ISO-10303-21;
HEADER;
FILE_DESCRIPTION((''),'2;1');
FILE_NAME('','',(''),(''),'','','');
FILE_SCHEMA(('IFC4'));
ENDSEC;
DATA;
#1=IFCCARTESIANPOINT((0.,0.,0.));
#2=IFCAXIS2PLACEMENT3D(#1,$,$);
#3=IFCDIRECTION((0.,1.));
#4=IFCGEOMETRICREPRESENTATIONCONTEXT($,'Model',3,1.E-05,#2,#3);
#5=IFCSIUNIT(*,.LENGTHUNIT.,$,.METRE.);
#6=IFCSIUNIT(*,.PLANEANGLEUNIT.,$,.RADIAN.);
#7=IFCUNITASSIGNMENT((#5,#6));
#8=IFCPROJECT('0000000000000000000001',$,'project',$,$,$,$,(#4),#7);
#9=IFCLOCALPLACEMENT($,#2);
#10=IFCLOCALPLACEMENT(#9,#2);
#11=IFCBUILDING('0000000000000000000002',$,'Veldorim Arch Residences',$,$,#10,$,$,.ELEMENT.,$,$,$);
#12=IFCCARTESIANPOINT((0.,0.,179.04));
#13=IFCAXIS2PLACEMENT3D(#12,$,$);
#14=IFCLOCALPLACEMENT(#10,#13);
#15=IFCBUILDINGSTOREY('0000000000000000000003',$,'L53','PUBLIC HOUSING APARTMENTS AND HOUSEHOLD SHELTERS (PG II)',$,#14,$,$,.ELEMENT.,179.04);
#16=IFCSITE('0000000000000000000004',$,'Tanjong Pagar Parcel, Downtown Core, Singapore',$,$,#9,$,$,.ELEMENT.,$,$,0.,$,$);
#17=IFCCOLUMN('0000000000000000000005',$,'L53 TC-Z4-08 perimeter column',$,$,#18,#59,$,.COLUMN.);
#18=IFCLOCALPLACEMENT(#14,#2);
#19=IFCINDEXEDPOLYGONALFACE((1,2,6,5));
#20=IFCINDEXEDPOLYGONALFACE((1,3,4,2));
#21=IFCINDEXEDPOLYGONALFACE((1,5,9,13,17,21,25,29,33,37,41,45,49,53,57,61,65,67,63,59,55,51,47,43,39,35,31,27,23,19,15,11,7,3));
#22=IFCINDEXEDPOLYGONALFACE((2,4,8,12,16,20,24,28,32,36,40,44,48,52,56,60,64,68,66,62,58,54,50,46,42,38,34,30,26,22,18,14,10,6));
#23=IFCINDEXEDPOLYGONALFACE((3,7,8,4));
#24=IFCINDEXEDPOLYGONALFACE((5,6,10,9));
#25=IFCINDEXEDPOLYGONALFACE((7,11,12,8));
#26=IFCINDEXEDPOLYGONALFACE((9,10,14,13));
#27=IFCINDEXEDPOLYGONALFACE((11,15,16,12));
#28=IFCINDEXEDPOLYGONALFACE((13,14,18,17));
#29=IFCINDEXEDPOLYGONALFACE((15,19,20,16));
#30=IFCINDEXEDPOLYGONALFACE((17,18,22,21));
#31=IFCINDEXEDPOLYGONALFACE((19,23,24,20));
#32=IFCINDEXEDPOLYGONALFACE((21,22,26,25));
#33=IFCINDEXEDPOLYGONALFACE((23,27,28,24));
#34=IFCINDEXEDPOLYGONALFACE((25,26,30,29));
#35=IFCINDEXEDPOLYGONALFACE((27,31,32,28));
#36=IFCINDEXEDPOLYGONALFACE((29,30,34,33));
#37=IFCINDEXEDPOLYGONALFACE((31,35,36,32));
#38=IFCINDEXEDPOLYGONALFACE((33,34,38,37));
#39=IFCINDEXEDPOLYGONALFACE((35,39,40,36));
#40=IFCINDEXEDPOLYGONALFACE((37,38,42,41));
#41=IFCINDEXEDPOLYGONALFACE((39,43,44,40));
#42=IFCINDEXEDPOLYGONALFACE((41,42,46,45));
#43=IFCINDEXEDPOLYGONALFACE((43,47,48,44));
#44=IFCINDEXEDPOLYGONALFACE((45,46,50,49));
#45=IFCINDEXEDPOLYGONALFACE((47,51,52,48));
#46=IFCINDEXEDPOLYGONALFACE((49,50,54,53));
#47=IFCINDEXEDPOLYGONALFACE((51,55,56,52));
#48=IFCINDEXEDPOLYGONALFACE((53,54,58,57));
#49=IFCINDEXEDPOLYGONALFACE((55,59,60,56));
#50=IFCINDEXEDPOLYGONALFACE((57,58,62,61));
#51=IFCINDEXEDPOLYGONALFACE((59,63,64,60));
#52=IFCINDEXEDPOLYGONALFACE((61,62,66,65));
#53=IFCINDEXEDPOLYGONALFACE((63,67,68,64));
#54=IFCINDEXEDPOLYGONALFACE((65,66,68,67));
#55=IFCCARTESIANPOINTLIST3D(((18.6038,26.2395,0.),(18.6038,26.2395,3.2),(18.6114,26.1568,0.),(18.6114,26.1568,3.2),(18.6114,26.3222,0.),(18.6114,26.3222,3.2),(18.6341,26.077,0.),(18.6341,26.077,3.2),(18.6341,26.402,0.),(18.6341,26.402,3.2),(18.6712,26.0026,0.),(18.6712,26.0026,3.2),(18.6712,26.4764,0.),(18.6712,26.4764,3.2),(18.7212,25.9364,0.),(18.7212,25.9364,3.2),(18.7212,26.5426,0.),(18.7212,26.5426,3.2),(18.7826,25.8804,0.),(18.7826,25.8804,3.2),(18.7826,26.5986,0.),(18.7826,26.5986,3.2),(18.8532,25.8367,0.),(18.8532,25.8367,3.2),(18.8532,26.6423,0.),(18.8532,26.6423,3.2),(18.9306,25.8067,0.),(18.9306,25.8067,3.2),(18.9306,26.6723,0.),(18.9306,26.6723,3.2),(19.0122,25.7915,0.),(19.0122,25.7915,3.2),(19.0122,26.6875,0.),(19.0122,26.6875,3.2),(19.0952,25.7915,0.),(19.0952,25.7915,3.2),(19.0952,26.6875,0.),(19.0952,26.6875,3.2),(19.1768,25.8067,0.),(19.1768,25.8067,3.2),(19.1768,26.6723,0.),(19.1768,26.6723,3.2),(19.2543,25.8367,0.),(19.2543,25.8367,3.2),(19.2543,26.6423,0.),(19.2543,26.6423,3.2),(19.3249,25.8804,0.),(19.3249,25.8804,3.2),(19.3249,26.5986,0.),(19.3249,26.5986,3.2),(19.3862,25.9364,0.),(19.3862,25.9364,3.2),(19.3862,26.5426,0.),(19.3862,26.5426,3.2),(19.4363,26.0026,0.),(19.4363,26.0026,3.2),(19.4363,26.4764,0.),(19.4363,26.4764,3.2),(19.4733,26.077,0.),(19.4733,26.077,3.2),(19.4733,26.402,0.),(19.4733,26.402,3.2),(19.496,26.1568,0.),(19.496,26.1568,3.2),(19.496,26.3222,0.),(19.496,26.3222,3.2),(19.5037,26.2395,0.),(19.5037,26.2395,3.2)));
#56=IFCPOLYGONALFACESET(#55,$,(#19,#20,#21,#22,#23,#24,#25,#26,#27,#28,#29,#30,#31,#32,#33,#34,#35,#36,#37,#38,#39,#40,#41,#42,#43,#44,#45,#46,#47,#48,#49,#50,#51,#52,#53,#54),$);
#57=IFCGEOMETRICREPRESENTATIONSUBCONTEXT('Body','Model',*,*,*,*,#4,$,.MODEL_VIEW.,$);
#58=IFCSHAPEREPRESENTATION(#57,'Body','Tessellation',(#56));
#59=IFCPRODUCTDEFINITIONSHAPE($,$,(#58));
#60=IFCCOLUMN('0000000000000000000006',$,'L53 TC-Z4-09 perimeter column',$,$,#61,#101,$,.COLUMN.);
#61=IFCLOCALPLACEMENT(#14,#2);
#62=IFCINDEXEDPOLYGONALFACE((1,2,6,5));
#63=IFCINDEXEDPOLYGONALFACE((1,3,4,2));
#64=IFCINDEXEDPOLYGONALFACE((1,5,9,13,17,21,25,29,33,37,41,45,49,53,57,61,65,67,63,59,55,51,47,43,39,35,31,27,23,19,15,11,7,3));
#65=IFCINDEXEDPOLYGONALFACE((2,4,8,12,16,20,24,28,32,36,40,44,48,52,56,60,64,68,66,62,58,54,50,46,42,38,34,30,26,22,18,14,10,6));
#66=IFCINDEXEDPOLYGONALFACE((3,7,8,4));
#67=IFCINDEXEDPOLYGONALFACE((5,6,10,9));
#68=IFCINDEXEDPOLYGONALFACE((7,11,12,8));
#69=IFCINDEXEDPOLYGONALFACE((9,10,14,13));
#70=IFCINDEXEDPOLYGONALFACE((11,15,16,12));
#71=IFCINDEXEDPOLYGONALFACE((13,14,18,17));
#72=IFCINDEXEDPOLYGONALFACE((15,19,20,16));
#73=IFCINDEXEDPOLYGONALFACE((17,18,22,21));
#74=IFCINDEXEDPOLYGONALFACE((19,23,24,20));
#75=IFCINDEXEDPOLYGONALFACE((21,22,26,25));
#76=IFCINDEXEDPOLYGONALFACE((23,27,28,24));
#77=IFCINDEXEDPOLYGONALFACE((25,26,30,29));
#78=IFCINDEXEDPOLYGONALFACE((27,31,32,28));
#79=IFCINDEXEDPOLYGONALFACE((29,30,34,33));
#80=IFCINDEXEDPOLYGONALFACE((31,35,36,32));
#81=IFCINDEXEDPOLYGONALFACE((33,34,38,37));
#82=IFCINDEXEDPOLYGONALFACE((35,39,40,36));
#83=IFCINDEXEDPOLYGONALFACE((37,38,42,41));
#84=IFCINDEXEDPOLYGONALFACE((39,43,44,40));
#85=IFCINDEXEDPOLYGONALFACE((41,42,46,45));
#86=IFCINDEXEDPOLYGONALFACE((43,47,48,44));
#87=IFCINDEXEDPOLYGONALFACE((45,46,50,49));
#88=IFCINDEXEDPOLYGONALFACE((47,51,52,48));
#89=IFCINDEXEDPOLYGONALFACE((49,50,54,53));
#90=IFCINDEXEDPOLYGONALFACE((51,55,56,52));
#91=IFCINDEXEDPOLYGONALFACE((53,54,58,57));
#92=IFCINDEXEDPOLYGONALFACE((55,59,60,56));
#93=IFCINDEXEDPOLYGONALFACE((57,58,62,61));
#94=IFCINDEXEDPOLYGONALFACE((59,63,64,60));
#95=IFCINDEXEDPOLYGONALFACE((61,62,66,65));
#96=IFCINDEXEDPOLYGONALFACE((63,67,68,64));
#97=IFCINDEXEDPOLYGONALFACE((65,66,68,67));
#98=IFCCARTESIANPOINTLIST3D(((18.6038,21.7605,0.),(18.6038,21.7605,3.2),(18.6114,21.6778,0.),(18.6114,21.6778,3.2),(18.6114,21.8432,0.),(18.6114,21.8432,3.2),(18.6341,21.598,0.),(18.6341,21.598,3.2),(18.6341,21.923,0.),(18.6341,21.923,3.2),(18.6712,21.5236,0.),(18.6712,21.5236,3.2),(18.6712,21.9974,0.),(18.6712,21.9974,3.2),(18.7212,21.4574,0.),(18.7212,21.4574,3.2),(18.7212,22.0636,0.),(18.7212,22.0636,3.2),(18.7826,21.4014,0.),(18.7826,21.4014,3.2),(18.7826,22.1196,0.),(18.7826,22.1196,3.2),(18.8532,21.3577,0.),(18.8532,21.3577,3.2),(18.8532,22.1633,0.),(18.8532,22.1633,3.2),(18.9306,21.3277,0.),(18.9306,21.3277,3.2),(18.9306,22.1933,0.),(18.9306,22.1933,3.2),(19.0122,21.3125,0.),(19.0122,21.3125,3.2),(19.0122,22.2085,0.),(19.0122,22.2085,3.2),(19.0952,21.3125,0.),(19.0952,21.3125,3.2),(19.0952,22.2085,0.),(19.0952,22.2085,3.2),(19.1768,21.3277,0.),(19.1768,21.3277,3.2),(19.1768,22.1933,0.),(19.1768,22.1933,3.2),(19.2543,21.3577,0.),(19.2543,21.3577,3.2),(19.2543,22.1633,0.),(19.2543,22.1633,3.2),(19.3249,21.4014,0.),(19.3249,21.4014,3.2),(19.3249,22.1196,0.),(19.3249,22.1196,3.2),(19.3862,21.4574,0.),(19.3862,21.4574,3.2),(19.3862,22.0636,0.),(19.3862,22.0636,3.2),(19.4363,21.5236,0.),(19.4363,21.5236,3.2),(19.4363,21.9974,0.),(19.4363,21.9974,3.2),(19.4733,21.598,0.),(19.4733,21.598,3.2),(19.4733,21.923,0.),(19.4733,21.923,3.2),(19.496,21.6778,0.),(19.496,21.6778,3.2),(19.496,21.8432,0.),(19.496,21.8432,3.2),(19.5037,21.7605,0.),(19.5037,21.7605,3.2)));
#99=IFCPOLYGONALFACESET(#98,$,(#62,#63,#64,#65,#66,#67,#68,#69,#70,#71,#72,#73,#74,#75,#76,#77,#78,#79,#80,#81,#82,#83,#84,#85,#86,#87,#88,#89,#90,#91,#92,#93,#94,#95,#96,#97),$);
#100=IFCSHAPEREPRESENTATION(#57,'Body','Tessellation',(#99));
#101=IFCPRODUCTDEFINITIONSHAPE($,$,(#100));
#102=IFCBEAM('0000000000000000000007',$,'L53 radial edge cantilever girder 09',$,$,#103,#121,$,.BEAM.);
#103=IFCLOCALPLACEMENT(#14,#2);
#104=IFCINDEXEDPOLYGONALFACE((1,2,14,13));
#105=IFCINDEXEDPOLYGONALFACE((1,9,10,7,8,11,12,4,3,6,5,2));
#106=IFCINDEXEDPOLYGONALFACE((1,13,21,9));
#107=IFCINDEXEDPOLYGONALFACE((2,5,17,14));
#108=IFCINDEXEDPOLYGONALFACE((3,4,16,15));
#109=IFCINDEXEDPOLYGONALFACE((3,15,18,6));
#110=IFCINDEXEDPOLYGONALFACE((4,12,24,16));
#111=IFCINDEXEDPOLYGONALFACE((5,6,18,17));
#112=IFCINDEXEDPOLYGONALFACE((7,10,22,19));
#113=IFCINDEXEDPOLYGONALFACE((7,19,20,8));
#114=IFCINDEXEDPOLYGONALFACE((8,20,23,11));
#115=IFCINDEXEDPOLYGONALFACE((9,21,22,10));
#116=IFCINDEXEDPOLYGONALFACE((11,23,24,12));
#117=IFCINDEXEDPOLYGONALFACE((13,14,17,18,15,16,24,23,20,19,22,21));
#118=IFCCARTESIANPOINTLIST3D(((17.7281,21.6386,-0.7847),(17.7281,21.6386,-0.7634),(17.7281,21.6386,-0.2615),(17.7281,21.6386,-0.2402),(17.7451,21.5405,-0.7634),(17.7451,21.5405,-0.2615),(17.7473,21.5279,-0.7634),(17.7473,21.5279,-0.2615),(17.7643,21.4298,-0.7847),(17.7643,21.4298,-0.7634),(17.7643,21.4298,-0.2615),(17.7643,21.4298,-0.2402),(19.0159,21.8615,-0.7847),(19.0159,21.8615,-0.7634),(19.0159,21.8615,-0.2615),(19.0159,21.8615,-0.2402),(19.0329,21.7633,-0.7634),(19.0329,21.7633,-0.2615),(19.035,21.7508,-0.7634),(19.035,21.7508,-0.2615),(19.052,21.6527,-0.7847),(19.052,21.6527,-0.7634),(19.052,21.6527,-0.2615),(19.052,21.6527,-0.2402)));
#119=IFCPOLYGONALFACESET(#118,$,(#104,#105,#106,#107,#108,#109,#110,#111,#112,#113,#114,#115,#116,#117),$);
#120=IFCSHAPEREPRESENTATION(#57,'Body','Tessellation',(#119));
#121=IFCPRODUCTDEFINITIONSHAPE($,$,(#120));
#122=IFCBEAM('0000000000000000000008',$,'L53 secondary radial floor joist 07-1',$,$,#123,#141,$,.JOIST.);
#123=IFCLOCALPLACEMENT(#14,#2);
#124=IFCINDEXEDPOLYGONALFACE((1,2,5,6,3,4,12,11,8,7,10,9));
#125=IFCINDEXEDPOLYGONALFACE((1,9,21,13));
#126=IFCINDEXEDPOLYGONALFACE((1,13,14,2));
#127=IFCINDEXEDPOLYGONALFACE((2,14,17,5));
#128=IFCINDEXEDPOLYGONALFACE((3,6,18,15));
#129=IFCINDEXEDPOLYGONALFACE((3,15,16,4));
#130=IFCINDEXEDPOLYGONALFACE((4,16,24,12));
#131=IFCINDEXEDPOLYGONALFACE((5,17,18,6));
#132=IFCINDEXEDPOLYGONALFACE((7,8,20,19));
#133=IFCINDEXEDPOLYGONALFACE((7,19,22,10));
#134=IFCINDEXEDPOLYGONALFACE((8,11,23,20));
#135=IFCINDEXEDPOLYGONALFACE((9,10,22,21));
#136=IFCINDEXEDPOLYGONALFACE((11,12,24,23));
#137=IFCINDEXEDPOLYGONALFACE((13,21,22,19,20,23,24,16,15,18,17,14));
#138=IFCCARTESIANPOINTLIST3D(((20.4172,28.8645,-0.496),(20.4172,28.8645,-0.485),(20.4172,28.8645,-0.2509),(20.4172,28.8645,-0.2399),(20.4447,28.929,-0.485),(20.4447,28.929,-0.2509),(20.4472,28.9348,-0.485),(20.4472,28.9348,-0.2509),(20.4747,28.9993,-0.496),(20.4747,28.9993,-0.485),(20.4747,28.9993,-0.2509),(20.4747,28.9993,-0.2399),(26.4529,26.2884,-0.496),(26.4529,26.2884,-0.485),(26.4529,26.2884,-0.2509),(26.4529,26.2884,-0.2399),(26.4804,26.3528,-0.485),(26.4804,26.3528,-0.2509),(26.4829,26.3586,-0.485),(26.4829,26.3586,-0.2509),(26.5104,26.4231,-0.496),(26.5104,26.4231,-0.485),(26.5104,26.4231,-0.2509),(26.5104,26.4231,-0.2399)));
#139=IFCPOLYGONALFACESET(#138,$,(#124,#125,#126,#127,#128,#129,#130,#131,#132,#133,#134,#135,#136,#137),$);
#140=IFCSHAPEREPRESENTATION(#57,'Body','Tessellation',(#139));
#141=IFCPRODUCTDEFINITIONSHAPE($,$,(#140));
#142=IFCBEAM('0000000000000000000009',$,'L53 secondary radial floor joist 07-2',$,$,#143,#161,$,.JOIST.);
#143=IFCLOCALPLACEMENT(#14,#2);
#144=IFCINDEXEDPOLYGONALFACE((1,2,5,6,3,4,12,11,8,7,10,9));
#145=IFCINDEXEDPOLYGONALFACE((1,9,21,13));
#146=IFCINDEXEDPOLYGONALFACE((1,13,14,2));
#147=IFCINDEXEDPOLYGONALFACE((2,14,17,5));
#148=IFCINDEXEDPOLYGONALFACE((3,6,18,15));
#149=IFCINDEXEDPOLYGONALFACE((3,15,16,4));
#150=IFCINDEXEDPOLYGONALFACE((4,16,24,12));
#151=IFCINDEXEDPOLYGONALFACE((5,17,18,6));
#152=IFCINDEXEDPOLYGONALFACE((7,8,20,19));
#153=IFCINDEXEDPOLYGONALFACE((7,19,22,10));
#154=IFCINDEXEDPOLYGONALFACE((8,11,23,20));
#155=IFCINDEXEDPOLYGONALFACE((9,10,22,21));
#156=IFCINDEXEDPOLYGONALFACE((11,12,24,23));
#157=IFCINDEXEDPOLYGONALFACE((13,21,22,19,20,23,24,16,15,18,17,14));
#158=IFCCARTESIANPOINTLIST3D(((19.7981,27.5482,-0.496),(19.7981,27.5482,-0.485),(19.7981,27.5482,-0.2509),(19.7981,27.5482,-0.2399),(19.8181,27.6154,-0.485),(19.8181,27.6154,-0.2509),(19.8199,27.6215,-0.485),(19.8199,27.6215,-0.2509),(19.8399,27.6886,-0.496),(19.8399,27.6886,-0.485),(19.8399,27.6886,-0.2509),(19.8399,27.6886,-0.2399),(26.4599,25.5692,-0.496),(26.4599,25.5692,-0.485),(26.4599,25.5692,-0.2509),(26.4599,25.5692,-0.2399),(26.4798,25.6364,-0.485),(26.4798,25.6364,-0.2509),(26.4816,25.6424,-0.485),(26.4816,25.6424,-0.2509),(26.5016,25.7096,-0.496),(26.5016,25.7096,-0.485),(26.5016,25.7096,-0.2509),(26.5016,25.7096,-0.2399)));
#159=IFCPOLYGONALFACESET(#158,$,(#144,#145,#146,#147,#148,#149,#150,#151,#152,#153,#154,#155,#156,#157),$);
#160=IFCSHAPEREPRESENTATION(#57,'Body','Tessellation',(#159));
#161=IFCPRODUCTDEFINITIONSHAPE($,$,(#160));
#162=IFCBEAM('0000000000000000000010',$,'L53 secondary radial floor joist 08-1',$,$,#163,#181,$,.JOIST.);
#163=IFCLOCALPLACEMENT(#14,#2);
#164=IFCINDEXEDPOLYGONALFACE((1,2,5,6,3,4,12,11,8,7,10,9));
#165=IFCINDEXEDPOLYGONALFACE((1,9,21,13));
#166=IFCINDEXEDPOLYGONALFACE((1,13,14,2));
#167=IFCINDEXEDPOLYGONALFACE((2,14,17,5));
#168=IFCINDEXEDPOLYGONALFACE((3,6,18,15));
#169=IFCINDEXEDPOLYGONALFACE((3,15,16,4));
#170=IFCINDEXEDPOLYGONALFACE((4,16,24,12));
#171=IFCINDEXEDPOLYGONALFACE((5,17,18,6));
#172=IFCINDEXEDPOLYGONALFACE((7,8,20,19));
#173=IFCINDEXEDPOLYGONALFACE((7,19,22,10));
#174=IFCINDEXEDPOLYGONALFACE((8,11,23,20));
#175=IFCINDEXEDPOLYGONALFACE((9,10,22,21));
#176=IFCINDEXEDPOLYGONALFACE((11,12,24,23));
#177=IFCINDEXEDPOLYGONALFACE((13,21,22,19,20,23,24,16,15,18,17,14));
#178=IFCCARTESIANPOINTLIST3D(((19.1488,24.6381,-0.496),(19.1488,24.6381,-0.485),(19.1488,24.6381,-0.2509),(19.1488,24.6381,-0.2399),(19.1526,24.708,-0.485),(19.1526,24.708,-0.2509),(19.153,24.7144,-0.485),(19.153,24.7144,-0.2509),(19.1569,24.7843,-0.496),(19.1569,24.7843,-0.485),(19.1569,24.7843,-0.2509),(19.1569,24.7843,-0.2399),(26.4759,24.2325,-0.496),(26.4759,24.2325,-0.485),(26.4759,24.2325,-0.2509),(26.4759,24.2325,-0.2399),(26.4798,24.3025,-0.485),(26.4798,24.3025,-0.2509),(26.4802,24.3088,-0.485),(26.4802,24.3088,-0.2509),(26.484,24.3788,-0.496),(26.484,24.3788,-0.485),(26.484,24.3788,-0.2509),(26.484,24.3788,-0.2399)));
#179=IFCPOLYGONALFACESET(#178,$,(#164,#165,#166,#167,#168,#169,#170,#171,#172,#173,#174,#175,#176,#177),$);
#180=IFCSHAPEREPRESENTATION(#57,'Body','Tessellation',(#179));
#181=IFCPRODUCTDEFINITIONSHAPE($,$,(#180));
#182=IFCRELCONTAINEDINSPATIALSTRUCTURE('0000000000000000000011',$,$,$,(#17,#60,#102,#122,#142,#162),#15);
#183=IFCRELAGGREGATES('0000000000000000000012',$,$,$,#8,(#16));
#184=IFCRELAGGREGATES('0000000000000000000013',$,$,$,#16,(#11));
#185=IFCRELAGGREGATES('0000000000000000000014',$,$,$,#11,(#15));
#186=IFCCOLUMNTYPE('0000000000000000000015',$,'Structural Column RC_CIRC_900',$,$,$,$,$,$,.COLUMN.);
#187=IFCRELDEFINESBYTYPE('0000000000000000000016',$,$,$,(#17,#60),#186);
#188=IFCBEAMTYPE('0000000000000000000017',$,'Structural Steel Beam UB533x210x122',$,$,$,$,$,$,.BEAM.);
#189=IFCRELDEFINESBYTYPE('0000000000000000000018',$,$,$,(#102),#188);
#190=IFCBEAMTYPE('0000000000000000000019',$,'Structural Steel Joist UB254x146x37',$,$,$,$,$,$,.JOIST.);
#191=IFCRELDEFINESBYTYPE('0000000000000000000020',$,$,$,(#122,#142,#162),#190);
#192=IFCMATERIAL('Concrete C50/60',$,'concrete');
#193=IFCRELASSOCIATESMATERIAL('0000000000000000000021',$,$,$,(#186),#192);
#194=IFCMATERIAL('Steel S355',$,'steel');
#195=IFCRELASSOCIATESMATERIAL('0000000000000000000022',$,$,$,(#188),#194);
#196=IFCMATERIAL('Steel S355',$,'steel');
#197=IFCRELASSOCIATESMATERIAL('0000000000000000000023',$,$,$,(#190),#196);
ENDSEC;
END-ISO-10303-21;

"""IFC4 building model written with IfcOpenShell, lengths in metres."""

from ifc_helpers import new_model, si_unit, direction, frame, origin, origin_2d, place, context, subcontext, project, spatial, circle, i_section, extrude, material, material_profile, profile_set, type_object, element, save


model = new_model("IFC4")

# Units and contexts
model_context = context("Model", 3, precision=1e-05, world=origin(), true_north=direction((0.0, 1.0)))
body_context = subcontext(model_context, "Body", "Model", "MODEL_VIEW")
ifc_project = project(units=[si_unit("LENGTHUNIT", "METRE"), si_unit("PLANEANGLEUNIT", "RADIAN")], contexts=[model_context])

# Site, building, storey
site_placement = place(None, origin())
site = spatial("IfcSite", under=ifc_project, at=site_placement, Name="Tanjong Pagar Parcel, Downtown Core, Singapore", CompositionType="ELEMENT", RefElevation=0.0)
building_placement = place(site_placement, origin())
building = spatial("IfcBuilding", under=site, at=building_placement, Name="Veldorim Arch Residences", CompositionType="ELEMENT")
storey_placement = place(building_placement, frame((0.0, 0.0, 179.04)))
storey = spatial("IfcBuildingStorey", under=building, at=storey_placement, Name="L53", Description="PUBLIC HOUSING APARTMENTS AND HOUSEHOLD SHELTERS (PG II)", CompositionType="ELEMENT", Elevation=179.04)

# Columns
ifc_material_1 = material(Name="Concrete C50/60", Category="concrete")
ifc_material_profile_1 = material_profile(ifc_material_1, circle(Radius=0.45, at=origin_2d()), Name="RC_CIRC_900")
ifc_profile_set_1 = profile_set([ifc_material_profile_1], Name="Concrete C50/60")
column_type = type_object("IfcColumnType", Name="Structural Column RC_CIRC_900", PredefinedType="COLUMN", material=ifc_profile_set_1)
for number, where, z_axis, x_axis, name in (
    (1, (19.0537, 26.2395, 0.0), (0.0, 0.0, 1.0), (1.0, 0.0, 0.0), "L53 TC-Z4-08 perimeter column"),
    (2, (19.0537, 21.7605, 0.0), (0.0, 0.0, 1.0), (1.0, 0.0, 0.0), "L53 TC-Z4-09 perimeter column"),
):
    element("IfcColumn", number, at=place(storey_placement, frame(where, z_axis=z_axis, x_axis=x_axis)), inside=storey, type_object=column_type, Name=name, PredefinedType="COLUMN", context=body_context, shape_type="SweptSolid", body=[
        extrude(circle(Radius=0.45, at=origin_2d()), origin(), (0.0, 0.0, 1.0), 3.2),
    ])

# Beams
ifc_material_2 = material(Name="Steel S355", Category="steel")
ifc_material_profile_2 = material_profile(ifc_material_2, i_section(OverallWidth=0.2119, OverallDepth=0.5444, WebThickness=0.0127, FlangeThickness=0.0212, at=origin_2d()), Name="UB533x210x122")
ifc_profile_set_2 = profile_set([ifc_material_profile_2], Name="Steel S355")
beam_type_1 = type_object("IfcBeamType", Name="Structural Steel Beam UB533x210x122", PredefinedType="BEAM", material=ifc_profile_set_2)
beam_1_placement = place(storey_placement, frame((19.0339, 21.7571, -0.5125), z_axis=(-0.98535, -0.170545, 0.0), x_axis=(0.170545, -0.98535, 0.0)))
element("IfcBeam", 3, at=beam_1_placement, inside=storey, type_object=beam_type_1, Name="L53 radial edge cantilever girder 09", PredefinedType="BEAM", context=body_context, shape_type="SweptSolid", body=[
    extrude(i_section(OverallWidth=0.2119, OverallDepth=0.5444, WebThickness=0.0127, FlangeThickness=0.0212, at=origin_2d()), origin(), (0.0, 0.0, 1.0), 1.3069),
])
ifc_material_3 = material(Name="Steel S355", Category="steel")
ifc_material_profile_3 = material_profile(ifc_material_3, i_section(OverallWidth=0.1465, OverallDepth=0.2561, WebThickness=0.0063, FlangeThickness=0.011, at=origin_2d()), Name="UB254x146x37")
ifc_profile_set_3 = profile_set([ifc_material_profile_3], Name="Steel S355")
beam_type_2 = type_object("IfcBeamType", Name="Structural Steel Joist UB254x146x37", PredefinedType="JOIST", material=ifc_profile_set_3)
beam_2_placement = place(storey_placement, frame((26.4817, 26.3557, -0.3679), z_axis=(-0.919725, 0.392563, 0.0), x_axis=(-0.392563, -0.919725, 0.0)))
element("IfcBeam", 4, at=beam_2_placement, inside=storey, type_object=beam_type_2, Name="L53 secondary radial floor joist 07-1", PredefinedType="JOIST", context=body_context, shape_type="SweptSolid", body=[
    extrude(i_section(OverallWidth=0.1465, OverallDepth=0.2561, WebThickness=0.0063, FlangeThickness=0.011, at=origin_2d()), origin(), (0.0, 0.0, 1.0), 6.5625),
])
beam_3_placement = place(storey_placement, frame((26.4807, 25.6394, -0.3679), z_axis=(-0.958594, 0.284775, 0.0), x_axis=(-0.284775, -0.958594, 0.0)))
element("IfcBeam", 5, at=beam_3_placement, inside=storey, type_object=beam_type_2, Name="L53 secondary radial floor joist 07-2", PredefinedType="JOIST", context=body_context, shape_type="SweptSolid", body=[
    extrude(i_section(OverallWidth=0.1465, OverallDepth=0.2561, WebThickness=0.0063, FlangeThickness=0.011, at=origin_2d()), origin(), (0.0, 0.0, 1.0), 6.9495),
])
for number, where, z_axis, x_axis, name in (
    (6, (26.48, 24.3057, -0.3679), (-0.998472, 0.05526, 0.0), (-0.05526, -0.998472, 0.0), "L53 secondary radial floor joist 08-1"),
):
    element("IfcBeam", number, at=place(storey_placement, frame(where, z_axis=z_axis, x_axis=x_axis)), inside=storey, type_object=beam_type_2, Name=name, PredefinedType="JOIST", context=body_context, shape_type="SweptSolid", body=[
        extrude(i_section(OverallWidth=0.1465, OverallDepth=0.2561, WebThickness=0.0063, FlangeThickness=0.011, at=origin_2d()), origin(), (0.0, 0.0, 1.0), 7.3384),
    ])

save(model, "model.ifc")
